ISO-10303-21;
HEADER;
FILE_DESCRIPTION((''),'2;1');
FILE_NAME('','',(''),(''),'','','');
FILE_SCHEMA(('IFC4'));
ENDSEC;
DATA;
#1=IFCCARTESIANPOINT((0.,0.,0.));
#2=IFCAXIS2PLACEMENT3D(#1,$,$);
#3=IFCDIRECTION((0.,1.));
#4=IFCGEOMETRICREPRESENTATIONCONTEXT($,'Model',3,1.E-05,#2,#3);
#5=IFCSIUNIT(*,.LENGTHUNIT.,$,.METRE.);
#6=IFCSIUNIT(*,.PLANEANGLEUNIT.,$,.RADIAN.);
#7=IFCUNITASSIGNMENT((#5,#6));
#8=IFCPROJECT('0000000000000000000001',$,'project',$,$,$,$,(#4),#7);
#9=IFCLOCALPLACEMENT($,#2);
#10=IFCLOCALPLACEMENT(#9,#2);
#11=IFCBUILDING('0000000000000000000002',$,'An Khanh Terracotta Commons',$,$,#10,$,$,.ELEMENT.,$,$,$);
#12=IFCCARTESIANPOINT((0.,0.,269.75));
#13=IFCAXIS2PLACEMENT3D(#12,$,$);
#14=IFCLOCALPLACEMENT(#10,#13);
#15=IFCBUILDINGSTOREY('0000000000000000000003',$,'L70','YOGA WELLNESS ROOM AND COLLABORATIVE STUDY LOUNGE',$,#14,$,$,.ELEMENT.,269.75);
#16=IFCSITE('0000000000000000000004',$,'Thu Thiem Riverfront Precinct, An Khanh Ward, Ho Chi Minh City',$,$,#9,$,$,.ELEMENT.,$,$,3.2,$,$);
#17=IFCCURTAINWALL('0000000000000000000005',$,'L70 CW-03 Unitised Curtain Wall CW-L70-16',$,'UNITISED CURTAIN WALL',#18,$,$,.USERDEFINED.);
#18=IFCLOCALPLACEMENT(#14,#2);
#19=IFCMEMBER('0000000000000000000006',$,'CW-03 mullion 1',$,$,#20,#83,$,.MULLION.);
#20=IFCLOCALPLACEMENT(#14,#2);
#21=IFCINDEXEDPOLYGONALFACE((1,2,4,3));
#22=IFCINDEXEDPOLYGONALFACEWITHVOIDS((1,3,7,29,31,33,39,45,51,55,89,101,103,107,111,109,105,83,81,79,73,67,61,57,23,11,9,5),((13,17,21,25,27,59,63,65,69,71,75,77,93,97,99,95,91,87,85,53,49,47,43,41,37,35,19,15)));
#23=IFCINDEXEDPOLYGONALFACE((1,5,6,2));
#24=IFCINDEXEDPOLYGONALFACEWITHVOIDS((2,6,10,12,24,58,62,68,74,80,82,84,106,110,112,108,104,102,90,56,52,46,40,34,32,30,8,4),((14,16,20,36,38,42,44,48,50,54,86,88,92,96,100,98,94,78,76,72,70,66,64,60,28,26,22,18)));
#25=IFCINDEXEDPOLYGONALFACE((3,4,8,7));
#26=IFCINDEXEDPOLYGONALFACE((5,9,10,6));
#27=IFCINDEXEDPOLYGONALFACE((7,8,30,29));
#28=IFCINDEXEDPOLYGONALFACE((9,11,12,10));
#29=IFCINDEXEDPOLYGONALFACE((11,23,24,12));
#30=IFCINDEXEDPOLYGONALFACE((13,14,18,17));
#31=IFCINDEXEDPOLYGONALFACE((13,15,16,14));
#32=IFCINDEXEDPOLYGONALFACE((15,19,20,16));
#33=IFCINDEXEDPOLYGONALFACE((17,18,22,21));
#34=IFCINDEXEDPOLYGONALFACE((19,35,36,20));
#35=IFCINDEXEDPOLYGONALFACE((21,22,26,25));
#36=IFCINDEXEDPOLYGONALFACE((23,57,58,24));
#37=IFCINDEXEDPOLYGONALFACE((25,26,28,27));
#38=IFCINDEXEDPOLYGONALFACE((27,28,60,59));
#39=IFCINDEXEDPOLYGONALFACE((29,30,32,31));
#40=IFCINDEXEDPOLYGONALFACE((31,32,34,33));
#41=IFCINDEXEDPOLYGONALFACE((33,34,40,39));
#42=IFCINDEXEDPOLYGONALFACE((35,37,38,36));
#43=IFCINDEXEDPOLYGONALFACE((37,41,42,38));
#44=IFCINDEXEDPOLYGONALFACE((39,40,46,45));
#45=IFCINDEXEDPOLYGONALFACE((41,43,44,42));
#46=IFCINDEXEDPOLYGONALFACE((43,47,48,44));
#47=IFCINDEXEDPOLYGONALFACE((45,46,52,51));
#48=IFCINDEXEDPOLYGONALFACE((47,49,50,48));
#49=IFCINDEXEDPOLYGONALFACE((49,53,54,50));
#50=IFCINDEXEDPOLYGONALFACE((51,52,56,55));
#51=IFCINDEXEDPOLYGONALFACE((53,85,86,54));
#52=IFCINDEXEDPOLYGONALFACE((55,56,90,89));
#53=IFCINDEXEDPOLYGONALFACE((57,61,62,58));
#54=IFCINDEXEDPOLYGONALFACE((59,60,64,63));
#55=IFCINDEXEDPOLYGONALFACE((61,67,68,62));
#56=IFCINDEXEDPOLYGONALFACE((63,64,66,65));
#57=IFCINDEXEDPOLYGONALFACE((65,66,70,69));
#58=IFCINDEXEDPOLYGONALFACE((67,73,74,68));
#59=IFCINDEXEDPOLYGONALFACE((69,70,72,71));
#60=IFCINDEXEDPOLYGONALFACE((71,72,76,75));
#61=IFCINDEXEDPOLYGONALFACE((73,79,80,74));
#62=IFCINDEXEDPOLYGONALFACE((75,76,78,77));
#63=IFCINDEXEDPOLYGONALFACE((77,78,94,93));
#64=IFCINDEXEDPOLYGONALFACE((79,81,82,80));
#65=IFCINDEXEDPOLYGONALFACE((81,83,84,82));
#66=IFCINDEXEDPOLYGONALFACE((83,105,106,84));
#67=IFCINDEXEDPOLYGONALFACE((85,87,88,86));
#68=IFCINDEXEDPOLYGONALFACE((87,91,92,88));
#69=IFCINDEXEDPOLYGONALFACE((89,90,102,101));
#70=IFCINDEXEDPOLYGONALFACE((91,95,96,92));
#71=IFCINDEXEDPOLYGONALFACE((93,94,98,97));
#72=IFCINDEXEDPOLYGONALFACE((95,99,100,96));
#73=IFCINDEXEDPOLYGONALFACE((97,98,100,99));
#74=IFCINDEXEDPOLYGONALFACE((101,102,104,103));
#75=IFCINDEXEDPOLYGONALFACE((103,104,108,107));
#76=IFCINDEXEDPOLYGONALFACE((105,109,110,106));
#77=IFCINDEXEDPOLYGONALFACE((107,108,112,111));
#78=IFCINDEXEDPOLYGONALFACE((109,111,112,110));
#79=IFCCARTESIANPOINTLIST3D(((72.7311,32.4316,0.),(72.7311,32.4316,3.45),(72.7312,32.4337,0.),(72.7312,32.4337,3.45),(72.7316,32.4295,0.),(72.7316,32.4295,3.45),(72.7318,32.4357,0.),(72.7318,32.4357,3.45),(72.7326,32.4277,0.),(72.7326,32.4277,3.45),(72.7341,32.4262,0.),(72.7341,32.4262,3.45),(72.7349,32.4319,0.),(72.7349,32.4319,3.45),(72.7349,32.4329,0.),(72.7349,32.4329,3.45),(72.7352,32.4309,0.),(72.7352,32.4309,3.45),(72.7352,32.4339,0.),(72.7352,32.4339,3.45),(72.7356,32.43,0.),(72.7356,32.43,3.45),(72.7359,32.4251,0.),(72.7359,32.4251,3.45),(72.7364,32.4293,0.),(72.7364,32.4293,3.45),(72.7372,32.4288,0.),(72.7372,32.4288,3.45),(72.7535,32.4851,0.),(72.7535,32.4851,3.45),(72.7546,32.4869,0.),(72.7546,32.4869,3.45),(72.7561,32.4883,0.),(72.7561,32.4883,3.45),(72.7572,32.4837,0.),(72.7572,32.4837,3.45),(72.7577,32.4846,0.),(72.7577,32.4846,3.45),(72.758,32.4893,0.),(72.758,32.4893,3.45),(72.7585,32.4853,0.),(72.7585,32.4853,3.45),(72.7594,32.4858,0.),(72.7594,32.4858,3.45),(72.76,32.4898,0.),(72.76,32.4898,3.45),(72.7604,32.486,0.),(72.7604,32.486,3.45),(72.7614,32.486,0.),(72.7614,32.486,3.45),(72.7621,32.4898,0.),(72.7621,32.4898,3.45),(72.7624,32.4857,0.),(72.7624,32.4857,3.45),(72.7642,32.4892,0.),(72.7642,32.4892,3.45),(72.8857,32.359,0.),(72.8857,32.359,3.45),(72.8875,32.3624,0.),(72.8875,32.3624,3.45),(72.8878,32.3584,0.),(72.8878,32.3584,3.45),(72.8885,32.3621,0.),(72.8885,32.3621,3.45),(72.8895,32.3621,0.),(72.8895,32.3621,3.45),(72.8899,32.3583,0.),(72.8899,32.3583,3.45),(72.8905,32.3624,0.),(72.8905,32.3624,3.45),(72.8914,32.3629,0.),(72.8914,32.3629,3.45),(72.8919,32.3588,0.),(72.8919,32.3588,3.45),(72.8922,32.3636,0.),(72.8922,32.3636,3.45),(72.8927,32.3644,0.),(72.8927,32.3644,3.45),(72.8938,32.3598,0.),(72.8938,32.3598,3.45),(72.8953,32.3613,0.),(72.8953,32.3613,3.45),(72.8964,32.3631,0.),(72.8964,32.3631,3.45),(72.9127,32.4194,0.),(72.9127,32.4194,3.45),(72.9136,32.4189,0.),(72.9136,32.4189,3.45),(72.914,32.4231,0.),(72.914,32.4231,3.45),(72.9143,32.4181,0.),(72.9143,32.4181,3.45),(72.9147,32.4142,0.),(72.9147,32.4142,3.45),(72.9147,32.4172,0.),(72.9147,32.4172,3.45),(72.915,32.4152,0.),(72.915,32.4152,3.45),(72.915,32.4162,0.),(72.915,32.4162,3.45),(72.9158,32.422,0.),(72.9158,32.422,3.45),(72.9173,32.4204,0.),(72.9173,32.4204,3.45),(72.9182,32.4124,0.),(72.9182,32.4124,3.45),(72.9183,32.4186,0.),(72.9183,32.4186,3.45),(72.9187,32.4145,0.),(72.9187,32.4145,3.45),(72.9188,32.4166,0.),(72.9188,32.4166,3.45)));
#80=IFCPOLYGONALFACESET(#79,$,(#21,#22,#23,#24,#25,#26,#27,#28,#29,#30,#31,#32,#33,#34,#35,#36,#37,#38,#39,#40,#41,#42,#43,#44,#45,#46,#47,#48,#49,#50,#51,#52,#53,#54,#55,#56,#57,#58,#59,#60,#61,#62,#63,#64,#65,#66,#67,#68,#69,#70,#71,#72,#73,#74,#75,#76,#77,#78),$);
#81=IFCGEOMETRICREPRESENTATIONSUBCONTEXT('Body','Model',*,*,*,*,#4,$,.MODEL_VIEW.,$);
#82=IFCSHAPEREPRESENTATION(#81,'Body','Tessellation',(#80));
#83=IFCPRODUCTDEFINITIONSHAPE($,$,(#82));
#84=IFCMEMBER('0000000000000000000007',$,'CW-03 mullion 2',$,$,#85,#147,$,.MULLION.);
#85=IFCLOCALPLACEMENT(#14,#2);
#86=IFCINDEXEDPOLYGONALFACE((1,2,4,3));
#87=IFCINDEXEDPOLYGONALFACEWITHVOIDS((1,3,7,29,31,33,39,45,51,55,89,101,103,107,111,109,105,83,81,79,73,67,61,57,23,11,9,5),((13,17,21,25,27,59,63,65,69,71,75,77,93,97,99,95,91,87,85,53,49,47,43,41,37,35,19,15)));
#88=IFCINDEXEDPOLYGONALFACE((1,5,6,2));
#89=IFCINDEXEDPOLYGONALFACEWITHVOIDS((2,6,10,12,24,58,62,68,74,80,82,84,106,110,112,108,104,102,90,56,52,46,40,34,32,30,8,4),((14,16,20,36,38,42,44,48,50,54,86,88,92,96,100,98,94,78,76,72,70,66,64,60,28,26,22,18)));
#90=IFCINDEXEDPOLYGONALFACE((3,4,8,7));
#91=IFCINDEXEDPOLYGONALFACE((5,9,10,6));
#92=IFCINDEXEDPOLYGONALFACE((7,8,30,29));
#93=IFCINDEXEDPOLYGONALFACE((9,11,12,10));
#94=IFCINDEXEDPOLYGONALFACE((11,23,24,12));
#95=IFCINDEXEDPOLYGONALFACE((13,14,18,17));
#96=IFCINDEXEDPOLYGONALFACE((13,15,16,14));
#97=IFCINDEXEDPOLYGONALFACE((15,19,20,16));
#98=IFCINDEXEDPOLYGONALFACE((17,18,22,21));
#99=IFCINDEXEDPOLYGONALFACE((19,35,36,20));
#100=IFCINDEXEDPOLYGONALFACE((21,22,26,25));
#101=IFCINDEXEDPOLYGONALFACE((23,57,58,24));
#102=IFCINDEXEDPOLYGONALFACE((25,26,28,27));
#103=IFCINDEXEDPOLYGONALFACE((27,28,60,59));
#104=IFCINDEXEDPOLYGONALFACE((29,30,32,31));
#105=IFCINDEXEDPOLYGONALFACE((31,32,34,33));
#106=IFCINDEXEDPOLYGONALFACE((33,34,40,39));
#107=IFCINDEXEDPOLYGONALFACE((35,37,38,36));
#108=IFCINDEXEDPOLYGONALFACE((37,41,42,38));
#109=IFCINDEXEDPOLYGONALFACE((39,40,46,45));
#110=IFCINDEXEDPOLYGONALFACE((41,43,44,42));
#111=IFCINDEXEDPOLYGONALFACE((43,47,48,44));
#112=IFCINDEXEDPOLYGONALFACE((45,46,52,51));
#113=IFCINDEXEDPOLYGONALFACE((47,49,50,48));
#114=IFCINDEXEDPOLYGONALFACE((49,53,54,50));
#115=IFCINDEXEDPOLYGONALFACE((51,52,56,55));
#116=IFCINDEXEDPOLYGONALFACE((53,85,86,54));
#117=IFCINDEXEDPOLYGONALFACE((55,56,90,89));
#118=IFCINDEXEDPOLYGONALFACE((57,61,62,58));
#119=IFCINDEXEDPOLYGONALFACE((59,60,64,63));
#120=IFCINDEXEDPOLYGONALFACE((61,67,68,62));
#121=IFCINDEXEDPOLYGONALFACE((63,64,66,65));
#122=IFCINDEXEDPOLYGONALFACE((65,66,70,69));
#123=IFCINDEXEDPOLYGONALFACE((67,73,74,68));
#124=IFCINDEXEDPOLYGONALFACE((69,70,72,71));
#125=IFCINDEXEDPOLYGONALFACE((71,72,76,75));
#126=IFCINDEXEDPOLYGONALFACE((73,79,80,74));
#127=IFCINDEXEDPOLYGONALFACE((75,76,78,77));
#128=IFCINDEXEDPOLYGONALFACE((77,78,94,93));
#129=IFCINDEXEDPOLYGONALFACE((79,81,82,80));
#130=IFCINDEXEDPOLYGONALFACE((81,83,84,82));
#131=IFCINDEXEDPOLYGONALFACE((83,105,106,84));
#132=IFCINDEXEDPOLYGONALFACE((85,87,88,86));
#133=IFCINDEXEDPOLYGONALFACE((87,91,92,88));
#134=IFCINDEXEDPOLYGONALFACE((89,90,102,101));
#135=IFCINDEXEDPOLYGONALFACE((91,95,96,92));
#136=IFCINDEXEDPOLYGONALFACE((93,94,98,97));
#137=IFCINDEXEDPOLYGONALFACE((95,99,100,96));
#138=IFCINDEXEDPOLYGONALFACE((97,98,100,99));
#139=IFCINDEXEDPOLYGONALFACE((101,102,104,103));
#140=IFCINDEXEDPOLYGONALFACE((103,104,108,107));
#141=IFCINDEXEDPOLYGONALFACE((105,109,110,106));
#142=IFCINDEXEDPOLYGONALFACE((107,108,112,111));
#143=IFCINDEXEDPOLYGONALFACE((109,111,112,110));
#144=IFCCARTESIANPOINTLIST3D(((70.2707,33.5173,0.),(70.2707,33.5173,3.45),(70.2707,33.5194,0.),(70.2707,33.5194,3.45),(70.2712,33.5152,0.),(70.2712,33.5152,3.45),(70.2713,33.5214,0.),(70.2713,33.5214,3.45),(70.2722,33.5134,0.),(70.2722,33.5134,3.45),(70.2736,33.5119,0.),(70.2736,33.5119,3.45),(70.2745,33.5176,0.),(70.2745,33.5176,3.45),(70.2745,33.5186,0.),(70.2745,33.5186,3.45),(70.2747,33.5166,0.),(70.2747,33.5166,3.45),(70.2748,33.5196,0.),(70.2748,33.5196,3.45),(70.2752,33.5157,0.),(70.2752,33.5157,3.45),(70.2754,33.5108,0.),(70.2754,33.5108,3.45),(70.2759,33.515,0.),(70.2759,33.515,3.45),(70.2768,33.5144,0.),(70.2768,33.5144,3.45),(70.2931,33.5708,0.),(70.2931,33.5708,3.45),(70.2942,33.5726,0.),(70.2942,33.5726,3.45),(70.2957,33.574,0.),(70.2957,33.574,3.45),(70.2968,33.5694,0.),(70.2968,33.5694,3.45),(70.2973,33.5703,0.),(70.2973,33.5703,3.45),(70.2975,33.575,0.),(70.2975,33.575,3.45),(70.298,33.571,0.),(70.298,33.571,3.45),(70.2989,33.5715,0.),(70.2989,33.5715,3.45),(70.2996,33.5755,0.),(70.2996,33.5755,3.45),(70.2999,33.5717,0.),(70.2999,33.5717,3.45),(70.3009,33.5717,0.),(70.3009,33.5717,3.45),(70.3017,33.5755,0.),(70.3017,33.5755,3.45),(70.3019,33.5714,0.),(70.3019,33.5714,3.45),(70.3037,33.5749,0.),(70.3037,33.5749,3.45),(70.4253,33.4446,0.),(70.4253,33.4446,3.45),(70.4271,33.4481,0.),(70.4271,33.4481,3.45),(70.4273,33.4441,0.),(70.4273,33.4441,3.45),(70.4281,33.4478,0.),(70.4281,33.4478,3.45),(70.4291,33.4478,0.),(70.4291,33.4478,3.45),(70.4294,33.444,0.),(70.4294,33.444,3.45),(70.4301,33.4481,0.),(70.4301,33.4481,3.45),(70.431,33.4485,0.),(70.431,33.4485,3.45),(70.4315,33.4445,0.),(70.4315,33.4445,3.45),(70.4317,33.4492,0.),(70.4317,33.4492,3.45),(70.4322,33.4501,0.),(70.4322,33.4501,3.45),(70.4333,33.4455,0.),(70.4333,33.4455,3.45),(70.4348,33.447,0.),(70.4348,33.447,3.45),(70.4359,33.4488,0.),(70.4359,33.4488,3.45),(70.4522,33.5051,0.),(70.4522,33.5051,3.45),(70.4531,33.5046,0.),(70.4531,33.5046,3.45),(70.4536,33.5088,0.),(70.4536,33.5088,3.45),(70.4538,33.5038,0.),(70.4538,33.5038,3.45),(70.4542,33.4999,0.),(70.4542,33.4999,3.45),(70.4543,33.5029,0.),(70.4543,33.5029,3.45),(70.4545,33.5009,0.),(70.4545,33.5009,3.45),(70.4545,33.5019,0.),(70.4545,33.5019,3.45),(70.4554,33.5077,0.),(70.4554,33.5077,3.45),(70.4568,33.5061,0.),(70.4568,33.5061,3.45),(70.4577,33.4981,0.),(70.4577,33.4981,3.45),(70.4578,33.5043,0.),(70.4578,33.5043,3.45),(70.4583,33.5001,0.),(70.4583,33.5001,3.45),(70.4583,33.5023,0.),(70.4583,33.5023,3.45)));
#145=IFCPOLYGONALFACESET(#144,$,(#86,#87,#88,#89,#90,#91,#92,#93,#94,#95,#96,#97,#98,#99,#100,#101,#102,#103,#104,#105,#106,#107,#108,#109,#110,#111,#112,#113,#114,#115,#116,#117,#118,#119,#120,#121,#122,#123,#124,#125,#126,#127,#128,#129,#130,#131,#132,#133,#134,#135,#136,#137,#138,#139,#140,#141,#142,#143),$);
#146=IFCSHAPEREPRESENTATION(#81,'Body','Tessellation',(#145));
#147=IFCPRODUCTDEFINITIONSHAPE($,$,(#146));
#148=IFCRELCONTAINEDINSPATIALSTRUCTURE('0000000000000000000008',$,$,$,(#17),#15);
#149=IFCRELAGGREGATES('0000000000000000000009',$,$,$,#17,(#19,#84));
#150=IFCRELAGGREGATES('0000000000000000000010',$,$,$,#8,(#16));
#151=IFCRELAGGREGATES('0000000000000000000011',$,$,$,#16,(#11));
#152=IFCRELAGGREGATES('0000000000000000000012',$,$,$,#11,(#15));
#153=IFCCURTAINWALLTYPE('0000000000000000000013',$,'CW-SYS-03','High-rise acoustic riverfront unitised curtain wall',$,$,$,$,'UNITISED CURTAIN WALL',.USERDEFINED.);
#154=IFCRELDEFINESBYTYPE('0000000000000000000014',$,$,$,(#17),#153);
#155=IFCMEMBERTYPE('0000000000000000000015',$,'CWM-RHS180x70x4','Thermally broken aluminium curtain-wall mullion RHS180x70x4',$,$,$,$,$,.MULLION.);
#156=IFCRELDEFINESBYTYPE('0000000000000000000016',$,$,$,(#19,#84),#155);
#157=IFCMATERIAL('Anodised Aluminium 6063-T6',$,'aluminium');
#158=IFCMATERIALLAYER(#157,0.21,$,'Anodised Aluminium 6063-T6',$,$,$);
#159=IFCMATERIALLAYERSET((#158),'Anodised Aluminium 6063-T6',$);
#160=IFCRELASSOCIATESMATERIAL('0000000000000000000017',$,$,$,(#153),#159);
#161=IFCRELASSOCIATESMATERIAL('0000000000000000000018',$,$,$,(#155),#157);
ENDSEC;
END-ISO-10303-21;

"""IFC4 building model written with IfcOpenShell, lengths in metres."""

from ifc_helpers import new_model, si_unit, direction, frame, origin, origin_2d, place, context, subcontext, project, spatial, hollow_rectangle, extrude, material, layer, layer_set, material_profile, profile_set, type_object, element, aggregate, save


model = new_model("IFC4")

# Units and contexts
model_context = context("Model", 3, precision=1e-05, world=origin(), true_north=direction((0.0, 1.0)))
body_context = subcontext(model_context, "Body", "Model", "MODEL_VIEW")
ifc_project = project(units=[si_unit("LENGTHUNIT", "METRE"), si_unit("PLANEANGLEUNIT", "RADIAN")], contexts=[model_context])

# Site, building, storey
site_placement = place(None, origin())
site = spatial("IfcSite", under=ifc_project, at=site_placement, Name="Thu Thiem Riverfront Precinct, An Khanh Ward, Ho Chi Minh City", CompositionType="ELEMENT", RefElevation=3.2)
building_placement = place(site_placement, origin())
building = spatial("IfcBuilding", under=site, at=building_placement, Name="An Khanh Terracotta Commons", CompositionType="ELEMENT")
storey_placement = place(building_placement, frame((0.0, 0.0, 269.75)))
storey = spatial("IfcBuildingStorey", under=building, at=storey_placement, Name="L70", Description="YOGA WELLNESS ROOM AND COLLABORATIVE STUDY LOUNGE", CompositionType="ELEMENT", Elevation=269.75)

# Curtain wall, members
ifc_material_1 = material(Name="Anodised Aluminium 6063-T6", Category="aluminium")
ifc_layer_1 = layer(ifc_material_1, 0.21, Name="Anodised Aluminium 6063-T6")
ifc_layer_set_1 = layer_set([ifc_layer_1], Name="Anodised Aluminium 6063-T6")
curtain_wall_type = type_object("IfcCurtainWallType", Name="CW-SYS-03", Description="High-rise acoustic riverfront unitised curtain wall", ElementType="UNITISED CURTAIN WALL", PredefinedType="USERDEFINED", material=ifc_layer_set_1)
ifc_material_profile_1 = material_profile(ifc_material_1, hollow_rectangle(XDim=0.0701, YDim=0.1799, WallThickness=0.0039, InnerFilletRadius=0.0039, OuterFilletRadius=0.0081, at=origin_2d()), Name="RHS180x70x4")
ifc_profile_set_1 = profile_set([ifc_material_profile_1], Name="Anodised Aluminium 6063-T6")
member_type_1 = type_object("IfcMemberType", Name="CWM-RHS180x70x4", Description="Thermally broken aluminium curtain-wall mullion RHS180x70x4", PredefinedType="MULLION", material=ifc_profile_set_1)
curtain_wall_1_placement = place(storey_placement, origin())
curtain_wall_1 = element("IfcCurtainWall", 1, at=curtain_wall_1_placement, inside=storey, type_object=curtain_wall_type, Name="L70 CW-03 Unitised Curtain Wall CW-L70-16", ObjectType="UNITISED CURTAIN WALL", PredefinedType="USERDEFINED")
member_1_placement = place(storey_placement, frame((72.825, 32.4241, 0.0), z_axis=(0.0, 0.0, 1.0), x_axis=(-0.403676, -0.914902, 0.0)))
member_1 = element("IfcMember", 2, at=member_1_placement, type_object=member_type_1, Name="CW-03 mullion 1", PredefinedType="MULLION", context=body_context, shape_type="SweptSolid", body=[
    extrude(hollow_rectangle(XDim=0.0701, YDim=0.1799, WallThickness=0.0039, InnerFilletRadius=0.0039, OuterFilletRadius=0.0081, at=origin_2d()), origin(), (0.0, 0.0, 1.0), 3.45),
])
member_2_placement = place(storey_placement, frame((70.3645, 33.5098, 0.0), z_axis=(0.0, 0.0, 1.0), x_axis=(-0.403676, -0.914902, 0.0)))
member_2 = element("IfcMember", 3, at=member_2_placement, type_object=member_type_1, Name="CW-03 mullion 2", PredefinedType="MULLION", context=body_context, shape_type="SweptSolid", body=[
    extrude(hollow_rectangle(XDim=0.0701, YDim=0.1799, WallThickness=0.0039, InnerFilletRadius=0.0039, OuterFilletRadius=0.0081, at=origin_2d()), origin(), (0.0, 0.0, 1.0), 3.45),
])

aggregate(curtain_wall_1, [member_1, member_2])

save(model, "model.ifc")
